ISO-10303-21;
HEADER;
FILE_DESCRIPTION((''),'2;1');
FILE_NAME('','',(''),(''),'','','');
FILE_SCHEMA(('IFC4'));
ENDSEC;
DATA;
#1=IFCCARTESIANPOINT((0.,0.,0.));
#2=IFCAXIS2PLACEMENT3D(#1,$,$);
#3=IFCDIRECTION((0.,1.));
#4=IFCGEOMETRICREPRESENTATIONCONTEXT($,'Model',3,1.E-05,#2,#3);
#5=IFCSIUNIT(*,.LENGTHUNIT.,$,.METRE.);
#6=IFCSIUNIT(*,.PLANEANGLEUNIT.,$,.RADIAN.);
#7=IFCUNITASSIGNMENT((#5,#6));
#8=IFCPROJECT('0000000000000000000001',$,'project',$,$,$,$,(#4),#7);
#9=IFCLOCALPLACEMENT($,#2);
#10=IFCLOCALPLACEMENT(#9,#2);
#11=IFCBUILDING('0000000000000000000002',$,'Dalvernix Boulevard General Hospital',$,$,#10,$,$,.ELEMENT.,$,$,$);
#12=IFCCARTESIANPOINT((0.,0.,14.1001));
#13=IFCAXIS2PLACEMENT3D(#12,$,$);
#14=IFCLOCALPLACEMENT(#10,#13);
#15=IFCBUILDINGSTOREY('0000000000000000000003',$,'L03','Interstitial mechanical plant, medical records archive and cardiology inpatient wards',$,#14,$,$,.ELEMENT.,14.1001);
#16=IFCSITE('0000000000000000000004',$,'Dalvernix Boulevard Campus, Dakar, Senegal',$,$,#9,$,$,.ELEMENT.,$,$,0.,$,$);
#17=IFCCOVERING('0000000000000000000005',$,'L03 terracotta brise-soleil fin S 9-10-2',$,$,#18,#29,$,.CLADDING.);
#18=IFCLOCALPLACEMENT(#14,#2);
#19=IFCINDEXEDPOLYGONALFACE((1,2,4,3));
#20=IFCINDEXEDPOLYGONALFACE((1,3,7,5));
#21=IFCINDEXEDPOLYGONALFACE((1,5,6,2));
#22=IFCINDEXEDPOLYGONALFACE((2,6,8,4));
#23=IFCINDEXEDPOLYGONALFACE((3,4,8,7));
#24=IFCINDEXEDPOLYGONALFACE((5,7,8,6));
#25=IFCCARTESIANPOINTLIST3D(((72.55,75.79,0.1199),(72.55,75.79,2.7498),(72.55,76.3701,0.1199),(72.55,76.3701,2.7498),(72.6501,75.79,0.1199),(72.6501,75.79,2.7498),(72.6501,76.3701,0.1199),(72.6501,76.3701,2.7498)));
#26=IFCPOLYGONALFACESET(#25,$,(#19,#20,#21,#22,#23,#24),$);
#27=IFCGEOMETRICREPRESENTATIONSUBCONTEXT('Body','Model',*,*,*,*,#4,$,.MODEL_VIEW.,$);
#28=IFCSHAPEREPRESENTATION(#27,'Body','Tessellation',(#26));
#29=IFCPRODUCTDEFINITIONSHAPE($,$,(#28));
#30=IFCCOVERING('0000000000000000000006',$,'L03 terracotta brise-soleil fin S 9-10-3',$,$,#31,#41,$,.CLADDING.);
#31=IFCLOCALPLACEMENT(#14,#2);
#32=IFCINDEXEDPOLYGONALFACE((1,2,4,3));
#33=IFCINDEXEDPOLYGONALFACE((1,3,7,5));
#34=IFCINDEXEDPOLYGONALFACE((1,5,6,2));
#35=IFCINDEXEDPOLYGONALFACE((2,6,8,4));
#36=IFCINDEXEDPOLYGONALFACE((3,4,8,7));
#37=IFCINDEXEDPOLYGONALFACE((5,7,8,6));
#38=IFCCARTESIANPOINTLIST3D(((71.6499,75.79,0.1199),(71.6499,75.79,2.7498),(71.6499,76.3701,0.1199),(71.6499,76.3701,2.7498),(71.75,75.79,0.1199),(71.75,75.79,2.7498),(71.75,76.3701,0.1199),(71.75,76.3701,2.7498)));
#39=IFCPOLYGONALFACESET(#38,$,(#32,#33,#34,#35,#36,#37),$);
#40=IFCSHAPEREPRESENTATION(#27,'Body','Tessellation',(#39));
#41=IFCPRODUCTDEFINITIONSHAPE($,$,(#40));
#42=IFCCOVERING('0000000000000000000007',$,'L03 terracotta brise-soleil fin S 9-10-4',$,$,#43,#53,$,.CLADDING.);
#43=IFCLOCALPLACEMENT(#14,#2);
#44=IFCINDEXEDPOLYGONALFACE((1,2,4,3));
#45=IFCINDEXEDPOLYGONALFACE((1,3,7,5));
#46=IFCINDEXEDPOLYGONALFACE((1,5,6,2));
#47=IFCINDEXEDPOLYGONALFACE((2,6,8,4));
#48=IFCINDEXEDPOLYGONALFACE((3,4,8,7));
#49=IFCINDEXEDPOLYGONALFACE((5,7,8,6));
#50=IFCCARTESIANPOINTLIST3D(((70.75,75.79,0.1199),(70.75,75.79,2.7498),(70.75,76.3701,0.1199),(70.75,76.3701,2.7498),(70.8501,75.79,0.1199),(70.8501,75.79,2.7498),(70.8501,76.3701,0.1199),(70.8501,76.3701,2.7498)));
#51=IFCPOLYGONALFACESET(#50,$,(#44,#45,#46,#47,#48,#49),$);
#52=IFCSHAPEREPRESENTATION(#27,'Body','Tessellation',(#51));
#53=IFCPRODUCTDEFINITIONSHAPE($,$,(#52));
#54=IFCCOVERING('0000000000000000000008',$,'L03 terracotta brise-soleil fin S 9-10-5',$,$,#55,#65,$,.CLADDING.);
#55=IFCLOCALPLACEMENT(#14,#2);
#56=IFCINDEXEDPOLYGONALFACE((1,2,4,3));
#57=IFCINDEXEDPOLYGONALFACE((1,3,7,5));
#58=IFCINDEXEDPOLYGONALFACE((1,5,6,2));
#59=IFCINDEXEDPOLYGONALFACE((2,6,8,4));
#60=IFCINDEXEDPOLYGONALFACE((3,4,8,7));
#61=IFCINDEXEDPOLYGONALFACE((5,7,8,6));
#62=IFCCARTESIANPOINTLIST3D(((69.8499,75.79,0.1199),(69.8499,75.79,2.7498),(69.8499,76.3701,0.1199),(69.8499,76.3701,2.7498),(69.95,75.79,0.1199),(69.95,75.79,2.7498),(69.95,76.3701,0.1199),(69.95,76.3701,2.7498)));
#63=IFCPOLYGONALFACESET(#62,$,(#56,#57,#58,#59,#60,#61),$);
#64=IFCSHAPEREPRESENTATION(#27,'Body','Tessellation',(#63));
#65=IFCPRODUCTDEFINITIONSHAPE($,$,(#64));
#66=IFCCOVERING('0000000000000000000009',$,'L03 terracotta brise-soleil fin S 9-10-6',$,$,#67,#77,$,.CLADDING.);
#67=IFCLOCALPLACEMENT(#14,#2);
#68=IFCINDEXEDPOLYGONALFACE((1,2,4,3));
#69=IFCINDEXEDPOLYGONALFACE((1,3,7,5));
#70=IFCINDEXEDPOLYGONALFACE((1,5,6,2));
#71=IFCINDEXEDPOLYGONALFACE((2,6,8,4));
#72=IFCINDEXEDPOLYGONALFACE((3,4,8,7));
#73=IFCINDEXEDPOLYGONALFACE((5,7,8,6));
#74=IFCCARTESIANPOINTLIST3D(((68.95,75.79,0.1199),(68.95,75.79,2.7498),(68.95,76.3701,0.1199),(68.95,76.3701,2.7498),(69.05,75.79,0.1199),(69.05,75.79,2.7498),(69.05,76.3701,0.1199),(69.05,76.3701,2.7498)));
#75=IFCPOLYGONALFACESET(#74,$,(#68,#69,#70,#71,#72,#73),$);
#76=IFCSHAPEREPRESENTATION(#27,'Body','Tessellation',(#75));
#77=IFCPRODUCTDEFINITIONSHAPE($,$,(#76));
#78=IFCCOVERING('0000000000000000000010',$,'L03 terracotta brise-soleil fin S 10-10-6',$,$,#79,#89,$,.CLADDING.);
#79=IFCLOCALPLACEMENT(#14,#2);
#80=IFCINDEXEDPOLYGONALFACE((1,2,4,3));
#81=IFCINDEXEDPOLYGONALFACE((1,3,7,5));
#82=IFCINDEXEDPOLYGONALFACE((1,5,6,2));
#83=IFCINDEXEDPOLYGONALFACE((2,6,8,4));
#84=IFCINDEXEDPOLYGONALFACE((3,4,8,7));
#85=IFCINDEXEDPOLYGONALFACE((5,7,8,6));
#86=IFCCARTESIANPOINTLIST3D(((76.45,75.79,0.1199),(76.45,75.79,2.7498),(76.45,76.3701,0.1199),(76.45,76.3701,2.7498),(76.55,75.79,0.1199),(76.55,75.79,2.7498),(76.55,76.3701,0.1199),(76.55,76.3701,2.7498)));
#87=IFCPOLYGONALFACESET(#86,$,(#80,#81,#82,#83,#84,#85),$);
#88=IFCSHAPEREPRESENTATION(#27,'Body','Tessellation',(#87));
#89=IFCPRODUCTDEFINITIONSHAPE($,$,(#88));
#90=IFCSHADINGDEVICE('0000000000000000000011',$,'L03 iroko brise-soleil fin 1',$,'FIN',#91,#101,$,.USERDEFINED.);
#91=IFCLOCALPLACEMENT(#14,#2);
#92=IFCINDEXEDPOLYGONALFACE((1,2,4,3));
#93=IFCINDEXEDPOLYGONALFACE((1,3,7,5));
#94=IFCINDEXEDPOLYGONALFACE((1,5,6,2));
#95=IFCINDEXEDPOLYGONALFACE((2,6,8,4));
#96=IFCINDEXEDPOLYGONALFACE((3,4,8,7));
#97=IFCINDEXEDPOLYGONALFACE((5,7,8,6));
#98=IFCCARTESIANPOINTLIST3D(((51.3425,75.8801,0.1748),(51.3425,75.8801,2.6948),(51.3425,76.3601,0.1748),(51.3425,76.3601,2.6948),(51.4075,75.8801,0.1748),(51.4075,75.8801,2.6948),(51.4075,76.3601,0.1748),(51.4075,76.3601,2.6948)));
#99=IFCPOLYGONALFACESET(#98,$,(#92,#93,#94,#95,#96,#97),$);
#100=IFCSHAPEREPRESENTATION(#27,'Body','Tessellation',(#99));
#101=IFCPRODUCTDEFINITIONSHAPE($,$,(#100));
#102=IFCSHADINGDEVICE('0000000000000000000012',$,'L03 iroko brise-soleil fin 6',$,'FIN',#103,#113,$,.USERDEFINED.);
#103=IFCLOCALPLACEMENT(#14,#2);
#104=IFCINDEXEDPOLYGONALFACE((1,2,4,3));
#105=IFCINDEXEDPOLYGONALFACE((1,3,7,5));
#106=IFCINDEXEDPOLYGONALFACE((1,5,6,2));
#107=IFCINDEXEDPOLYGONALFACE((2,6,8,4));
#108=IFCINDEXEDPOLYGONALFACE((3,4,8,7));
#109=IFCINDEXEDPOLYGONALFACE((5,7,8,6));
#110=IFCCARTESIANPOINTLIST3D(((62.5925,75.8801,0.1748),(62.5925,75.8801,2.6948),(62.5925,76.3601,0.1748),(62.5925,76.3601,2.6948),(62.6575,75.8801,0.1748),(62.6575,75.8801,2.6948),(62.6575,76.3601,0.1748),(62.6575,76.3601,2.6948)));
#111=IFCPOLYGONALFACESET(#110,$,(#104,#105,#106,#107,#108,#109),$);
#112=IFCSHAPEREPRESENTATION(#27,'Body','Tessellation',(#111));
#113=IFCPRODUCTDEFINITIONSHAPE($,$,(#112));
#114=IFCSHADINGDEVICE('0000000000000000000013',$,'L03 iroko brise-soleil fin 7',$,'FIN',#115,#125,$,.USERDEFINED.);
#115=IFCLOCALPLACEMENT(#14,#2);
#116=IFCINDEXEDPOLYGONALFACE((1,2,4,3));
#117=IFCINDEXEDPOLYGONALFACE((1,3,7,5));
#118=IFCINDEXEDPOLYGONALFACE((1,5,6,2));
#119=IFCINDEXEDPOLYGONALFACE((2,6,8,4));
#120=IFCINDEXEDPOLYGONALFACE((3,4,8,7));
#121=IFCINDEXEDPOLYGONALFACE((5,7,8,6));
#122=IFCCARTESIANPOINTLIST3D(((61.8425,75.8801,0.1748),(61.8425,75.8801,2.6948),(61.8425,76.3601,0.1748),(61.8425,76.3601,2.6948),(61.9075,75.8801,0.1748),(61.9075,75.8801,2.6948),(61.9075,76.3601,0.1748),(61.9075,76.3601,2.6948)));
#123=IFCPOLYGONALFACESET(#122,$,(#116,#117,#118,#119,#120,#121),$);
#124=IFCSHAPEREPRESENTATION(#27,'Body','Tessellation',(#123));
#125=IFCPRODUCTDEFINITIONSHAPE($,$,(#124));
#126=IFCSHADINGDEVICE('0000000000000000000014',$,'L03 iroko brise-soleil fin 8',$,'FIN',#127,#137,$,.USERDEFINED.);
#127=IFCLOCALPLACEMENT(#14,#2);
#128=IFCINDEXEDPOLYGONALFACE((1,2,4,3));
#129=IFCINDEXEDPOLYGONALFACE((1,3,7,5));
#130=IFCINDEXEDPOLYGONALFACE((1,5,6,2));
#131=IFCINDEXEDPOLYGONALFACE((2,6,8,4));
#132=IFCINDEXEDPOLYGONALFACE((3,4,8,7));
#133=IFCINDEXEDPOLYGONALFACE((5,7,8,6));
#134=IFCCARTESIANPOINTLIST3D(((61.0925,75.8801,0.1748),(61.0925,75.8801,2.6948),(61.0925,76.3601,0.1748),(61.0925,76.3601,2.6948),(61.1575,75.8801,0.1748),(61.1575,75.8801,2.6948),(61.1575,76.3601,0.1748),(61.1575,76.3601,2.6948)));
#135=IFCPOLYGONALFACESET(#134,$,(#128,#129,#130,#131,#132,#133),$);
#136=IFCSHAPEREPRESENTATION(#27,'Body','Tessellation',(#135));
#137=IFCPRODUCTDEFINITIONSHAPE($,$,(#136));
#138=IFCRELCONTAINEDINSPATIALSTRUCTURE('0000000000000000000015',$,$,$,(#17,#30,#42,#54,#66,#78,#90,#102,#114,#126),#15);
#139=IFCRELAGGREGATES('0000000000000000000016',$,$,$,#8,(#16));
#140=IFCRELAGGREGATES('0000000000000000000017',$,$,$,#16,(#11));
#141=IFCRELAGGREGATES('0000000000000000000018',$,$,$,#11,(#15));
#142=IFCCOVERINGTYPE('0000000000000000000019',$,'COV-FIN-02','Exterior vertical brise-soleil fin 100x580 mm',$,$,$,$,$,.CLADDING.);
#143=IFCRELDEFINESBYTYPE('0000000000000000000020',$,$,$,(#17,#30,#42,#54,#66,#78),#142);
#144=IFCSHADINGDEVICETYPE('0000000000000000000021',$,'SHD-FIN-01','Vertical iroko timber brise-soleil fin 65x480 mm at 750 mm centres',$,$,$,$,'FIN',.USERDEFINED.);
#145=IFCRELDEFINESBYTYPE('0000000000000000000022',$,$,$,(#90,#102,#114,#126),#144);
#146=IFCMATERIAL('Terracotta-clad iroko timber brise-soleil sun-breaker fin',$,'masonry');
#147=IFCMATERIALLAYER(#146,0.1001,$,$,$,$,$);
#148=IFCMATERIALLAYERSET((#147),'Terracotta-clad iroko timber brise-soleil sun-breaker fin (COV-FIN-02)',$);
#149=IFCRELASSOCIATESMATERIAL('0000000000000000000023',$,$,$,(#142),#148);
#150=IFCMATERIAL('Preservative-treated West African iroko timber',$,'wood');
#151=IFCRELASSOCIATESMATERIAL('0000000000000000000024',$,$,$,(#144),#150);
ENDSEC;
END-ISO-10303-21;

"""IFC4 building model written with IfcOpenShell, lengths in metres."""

from ifc_helpers import new_model, si_unit, direction, frame, origin, origin_2d, place, context, subcontext, project, spatial, rectangle, extrude, material, layer, layer_set, type_object, element, save


model = new_model("IFC4")

# Units and contexts
model_context = context("Model", 3, precision=1e-05, world=origin(), true_north=direction((0.0, 1.0)))
body_context = subcontext(model_context, "Body", "Model", "MODEL_VIEW")
ifc_project = project(units=[si_unit("LENGTHUNIT", "METRE"), si_unit("PLANEANGLEUNIT", "RADIAN")], contexts=[model_context])

# Site, building, storey
site_placement = place(None, origin())
site = spatial("IfcSite", under=ifc_project, at=site_placement, Name="Dalvernix Boulevard Campus, Dakar, Senegal", CompositionType="ELEMENT", RefElevation=0.0)
building_placement = place(site_placement, origin())
building = spatial("IfcBuilding", under=site, at=building_placement, Name="Dalvernix Boulevard General Hospital", CompositionType="ELEMENT")
storey_placement = place(building_placement, frame((0.0, 0.0, 14.1001)))
storey = spatial("IfcBuildingStorey", under=building, at=storey_placement, Name="L03", Description="Interstitial mechanical plant, medical records archive and cardiology inpatient wards", CompositionType="ELEMENT", Elevation=14.1001)

# Coverings
ifc_material_1 = material(Name="Terracotta-clad iroko timber brise-soleil sun-breaker fin", Category="masonry")
ifc_layer_1 = layer(ifc_material_1, 0.1001)
ifc_layer_set_1 = layer_set([ifc_layer_1], Name="Terracotta-clad iroko timber brise-soleil sun-breaker fin (COV-FIN-02)")
covering_type = type_object("IfcCoveringType", Name="COV-FIN-02", Description="Exterior vertical brise-soleil fin 100x580 mm", PredefinedType="CLADDING", material=ifc_layer_set_1)
for number, where, z_axis, x_axis, name in (
    (1, (72.6001, 76.0801, 0.1199), (0.0, 0.0, 1.0), (-1.0, 0.0, 0.0), "L03 terracotta brise-soleil fin S 9-10-2"),
    (2, (71.7, 76.0801, 0.1199), (0.0, 0.0, 1.0), (-1.0, 0.0, 0.0), "L03 terracotta brise-soleil fin S 9-10-3"),
    (3, (70.8, 76.0801, 0.1199), (0.0, 0.0, 1.0), (-1.0, 0.0, 0.0), "L03 terracotta brise-soleil fin S 9-10-4"),
    (4, (69.8999, 76.0801, 0.1199), (0.0, 0.0, 1.0), (-1.0, 0.0, 0.0), "L03 terracotta brise-soleil fin S 9-10-5"),
    (5, (69.0, 76.0801, 0.1199), (0.0, 0.0, 1.0), (-1.0, 0.0, 0.0), "L03 terracotta brise-soleil fin S 9-10-6"),
    (6, (76.5, 76.0801, 0.1199), (0.0, 0.0, 1.0), (-1.0, 0.0, 0.0), "L03 terracotta brise-soleil fin S 10-10-6"),
):
    element("IfcCovering", number, at=place(storey_placement, frame(where, z_axis=z_axis, x_axis=x_axis)), inside=storey, type_object=covering_type, Name=name, PredefinedType="CLADDING", context=body_context, shape_type="SweptSolid", body=[
        extrude(rectangle(XDim=0.1001, YDim=0.5801, at=origin_2d()), origin(), (0.0, 0.0, 1.0), 2.6299),
    ])

# Shading devices
ifc_material_2 = material(Name="Preservative-treated West African iroko timber", Category="wood")
shading_device_type = type_object("IfcShadingDeviceType", Name="SHD-FIN-01", Description="Vertical iroko timber brise-soleil fin 65x480 mm at 750 mm centres", ElementType="FIN", PredefinedType="USERDEFINED", material=ifc_material_2)
for number, where, z_axis, x_axis, name in (
    (7, (51.375, 76.1201, 0.1748), (0.0, 0.0, 1.0), (-1.0, 0.0, 0.0), "L03 iroko brise-soleil fin 1"),
    (8, (62.625, 76.1201, 0.1748), (0.0, 0.0, 1.0), (-1.0, 0.0, 0.0), "L03 iroko brise-soleil fin 6"),
    (9, (61.875, 76.1201, 0.1748), (0.0, 0.0, 1.0), (-1.0, 0.0, 0.0), "L03 iroko brise-soleil fin 7"),
    (10, (61.125, 76.1201, 0.1748), (0.0, 0.0, 1.0), (-1.0, 0.0, 0.0), "L03 iroko brise-soleil fin 8"),
):
    element("IfcShadingDevice", number, at=place(storey_placement, frame(where, z_axis=z_axis, x_axis=x_axis)), inside=storey, type_object=shading_device_type, Name=name, ObjectType="FIN", PredefinedType="USERDEFINED", context=body_context, shape_type="SweptSolid", body=[
        extrude(rectangle(XDim=0.0649, YDim=0.48, at=origin_2d()), origin(), (0.0, 0.0, 1.0), 2.52),
    ])

save(model, "model.ifc")
